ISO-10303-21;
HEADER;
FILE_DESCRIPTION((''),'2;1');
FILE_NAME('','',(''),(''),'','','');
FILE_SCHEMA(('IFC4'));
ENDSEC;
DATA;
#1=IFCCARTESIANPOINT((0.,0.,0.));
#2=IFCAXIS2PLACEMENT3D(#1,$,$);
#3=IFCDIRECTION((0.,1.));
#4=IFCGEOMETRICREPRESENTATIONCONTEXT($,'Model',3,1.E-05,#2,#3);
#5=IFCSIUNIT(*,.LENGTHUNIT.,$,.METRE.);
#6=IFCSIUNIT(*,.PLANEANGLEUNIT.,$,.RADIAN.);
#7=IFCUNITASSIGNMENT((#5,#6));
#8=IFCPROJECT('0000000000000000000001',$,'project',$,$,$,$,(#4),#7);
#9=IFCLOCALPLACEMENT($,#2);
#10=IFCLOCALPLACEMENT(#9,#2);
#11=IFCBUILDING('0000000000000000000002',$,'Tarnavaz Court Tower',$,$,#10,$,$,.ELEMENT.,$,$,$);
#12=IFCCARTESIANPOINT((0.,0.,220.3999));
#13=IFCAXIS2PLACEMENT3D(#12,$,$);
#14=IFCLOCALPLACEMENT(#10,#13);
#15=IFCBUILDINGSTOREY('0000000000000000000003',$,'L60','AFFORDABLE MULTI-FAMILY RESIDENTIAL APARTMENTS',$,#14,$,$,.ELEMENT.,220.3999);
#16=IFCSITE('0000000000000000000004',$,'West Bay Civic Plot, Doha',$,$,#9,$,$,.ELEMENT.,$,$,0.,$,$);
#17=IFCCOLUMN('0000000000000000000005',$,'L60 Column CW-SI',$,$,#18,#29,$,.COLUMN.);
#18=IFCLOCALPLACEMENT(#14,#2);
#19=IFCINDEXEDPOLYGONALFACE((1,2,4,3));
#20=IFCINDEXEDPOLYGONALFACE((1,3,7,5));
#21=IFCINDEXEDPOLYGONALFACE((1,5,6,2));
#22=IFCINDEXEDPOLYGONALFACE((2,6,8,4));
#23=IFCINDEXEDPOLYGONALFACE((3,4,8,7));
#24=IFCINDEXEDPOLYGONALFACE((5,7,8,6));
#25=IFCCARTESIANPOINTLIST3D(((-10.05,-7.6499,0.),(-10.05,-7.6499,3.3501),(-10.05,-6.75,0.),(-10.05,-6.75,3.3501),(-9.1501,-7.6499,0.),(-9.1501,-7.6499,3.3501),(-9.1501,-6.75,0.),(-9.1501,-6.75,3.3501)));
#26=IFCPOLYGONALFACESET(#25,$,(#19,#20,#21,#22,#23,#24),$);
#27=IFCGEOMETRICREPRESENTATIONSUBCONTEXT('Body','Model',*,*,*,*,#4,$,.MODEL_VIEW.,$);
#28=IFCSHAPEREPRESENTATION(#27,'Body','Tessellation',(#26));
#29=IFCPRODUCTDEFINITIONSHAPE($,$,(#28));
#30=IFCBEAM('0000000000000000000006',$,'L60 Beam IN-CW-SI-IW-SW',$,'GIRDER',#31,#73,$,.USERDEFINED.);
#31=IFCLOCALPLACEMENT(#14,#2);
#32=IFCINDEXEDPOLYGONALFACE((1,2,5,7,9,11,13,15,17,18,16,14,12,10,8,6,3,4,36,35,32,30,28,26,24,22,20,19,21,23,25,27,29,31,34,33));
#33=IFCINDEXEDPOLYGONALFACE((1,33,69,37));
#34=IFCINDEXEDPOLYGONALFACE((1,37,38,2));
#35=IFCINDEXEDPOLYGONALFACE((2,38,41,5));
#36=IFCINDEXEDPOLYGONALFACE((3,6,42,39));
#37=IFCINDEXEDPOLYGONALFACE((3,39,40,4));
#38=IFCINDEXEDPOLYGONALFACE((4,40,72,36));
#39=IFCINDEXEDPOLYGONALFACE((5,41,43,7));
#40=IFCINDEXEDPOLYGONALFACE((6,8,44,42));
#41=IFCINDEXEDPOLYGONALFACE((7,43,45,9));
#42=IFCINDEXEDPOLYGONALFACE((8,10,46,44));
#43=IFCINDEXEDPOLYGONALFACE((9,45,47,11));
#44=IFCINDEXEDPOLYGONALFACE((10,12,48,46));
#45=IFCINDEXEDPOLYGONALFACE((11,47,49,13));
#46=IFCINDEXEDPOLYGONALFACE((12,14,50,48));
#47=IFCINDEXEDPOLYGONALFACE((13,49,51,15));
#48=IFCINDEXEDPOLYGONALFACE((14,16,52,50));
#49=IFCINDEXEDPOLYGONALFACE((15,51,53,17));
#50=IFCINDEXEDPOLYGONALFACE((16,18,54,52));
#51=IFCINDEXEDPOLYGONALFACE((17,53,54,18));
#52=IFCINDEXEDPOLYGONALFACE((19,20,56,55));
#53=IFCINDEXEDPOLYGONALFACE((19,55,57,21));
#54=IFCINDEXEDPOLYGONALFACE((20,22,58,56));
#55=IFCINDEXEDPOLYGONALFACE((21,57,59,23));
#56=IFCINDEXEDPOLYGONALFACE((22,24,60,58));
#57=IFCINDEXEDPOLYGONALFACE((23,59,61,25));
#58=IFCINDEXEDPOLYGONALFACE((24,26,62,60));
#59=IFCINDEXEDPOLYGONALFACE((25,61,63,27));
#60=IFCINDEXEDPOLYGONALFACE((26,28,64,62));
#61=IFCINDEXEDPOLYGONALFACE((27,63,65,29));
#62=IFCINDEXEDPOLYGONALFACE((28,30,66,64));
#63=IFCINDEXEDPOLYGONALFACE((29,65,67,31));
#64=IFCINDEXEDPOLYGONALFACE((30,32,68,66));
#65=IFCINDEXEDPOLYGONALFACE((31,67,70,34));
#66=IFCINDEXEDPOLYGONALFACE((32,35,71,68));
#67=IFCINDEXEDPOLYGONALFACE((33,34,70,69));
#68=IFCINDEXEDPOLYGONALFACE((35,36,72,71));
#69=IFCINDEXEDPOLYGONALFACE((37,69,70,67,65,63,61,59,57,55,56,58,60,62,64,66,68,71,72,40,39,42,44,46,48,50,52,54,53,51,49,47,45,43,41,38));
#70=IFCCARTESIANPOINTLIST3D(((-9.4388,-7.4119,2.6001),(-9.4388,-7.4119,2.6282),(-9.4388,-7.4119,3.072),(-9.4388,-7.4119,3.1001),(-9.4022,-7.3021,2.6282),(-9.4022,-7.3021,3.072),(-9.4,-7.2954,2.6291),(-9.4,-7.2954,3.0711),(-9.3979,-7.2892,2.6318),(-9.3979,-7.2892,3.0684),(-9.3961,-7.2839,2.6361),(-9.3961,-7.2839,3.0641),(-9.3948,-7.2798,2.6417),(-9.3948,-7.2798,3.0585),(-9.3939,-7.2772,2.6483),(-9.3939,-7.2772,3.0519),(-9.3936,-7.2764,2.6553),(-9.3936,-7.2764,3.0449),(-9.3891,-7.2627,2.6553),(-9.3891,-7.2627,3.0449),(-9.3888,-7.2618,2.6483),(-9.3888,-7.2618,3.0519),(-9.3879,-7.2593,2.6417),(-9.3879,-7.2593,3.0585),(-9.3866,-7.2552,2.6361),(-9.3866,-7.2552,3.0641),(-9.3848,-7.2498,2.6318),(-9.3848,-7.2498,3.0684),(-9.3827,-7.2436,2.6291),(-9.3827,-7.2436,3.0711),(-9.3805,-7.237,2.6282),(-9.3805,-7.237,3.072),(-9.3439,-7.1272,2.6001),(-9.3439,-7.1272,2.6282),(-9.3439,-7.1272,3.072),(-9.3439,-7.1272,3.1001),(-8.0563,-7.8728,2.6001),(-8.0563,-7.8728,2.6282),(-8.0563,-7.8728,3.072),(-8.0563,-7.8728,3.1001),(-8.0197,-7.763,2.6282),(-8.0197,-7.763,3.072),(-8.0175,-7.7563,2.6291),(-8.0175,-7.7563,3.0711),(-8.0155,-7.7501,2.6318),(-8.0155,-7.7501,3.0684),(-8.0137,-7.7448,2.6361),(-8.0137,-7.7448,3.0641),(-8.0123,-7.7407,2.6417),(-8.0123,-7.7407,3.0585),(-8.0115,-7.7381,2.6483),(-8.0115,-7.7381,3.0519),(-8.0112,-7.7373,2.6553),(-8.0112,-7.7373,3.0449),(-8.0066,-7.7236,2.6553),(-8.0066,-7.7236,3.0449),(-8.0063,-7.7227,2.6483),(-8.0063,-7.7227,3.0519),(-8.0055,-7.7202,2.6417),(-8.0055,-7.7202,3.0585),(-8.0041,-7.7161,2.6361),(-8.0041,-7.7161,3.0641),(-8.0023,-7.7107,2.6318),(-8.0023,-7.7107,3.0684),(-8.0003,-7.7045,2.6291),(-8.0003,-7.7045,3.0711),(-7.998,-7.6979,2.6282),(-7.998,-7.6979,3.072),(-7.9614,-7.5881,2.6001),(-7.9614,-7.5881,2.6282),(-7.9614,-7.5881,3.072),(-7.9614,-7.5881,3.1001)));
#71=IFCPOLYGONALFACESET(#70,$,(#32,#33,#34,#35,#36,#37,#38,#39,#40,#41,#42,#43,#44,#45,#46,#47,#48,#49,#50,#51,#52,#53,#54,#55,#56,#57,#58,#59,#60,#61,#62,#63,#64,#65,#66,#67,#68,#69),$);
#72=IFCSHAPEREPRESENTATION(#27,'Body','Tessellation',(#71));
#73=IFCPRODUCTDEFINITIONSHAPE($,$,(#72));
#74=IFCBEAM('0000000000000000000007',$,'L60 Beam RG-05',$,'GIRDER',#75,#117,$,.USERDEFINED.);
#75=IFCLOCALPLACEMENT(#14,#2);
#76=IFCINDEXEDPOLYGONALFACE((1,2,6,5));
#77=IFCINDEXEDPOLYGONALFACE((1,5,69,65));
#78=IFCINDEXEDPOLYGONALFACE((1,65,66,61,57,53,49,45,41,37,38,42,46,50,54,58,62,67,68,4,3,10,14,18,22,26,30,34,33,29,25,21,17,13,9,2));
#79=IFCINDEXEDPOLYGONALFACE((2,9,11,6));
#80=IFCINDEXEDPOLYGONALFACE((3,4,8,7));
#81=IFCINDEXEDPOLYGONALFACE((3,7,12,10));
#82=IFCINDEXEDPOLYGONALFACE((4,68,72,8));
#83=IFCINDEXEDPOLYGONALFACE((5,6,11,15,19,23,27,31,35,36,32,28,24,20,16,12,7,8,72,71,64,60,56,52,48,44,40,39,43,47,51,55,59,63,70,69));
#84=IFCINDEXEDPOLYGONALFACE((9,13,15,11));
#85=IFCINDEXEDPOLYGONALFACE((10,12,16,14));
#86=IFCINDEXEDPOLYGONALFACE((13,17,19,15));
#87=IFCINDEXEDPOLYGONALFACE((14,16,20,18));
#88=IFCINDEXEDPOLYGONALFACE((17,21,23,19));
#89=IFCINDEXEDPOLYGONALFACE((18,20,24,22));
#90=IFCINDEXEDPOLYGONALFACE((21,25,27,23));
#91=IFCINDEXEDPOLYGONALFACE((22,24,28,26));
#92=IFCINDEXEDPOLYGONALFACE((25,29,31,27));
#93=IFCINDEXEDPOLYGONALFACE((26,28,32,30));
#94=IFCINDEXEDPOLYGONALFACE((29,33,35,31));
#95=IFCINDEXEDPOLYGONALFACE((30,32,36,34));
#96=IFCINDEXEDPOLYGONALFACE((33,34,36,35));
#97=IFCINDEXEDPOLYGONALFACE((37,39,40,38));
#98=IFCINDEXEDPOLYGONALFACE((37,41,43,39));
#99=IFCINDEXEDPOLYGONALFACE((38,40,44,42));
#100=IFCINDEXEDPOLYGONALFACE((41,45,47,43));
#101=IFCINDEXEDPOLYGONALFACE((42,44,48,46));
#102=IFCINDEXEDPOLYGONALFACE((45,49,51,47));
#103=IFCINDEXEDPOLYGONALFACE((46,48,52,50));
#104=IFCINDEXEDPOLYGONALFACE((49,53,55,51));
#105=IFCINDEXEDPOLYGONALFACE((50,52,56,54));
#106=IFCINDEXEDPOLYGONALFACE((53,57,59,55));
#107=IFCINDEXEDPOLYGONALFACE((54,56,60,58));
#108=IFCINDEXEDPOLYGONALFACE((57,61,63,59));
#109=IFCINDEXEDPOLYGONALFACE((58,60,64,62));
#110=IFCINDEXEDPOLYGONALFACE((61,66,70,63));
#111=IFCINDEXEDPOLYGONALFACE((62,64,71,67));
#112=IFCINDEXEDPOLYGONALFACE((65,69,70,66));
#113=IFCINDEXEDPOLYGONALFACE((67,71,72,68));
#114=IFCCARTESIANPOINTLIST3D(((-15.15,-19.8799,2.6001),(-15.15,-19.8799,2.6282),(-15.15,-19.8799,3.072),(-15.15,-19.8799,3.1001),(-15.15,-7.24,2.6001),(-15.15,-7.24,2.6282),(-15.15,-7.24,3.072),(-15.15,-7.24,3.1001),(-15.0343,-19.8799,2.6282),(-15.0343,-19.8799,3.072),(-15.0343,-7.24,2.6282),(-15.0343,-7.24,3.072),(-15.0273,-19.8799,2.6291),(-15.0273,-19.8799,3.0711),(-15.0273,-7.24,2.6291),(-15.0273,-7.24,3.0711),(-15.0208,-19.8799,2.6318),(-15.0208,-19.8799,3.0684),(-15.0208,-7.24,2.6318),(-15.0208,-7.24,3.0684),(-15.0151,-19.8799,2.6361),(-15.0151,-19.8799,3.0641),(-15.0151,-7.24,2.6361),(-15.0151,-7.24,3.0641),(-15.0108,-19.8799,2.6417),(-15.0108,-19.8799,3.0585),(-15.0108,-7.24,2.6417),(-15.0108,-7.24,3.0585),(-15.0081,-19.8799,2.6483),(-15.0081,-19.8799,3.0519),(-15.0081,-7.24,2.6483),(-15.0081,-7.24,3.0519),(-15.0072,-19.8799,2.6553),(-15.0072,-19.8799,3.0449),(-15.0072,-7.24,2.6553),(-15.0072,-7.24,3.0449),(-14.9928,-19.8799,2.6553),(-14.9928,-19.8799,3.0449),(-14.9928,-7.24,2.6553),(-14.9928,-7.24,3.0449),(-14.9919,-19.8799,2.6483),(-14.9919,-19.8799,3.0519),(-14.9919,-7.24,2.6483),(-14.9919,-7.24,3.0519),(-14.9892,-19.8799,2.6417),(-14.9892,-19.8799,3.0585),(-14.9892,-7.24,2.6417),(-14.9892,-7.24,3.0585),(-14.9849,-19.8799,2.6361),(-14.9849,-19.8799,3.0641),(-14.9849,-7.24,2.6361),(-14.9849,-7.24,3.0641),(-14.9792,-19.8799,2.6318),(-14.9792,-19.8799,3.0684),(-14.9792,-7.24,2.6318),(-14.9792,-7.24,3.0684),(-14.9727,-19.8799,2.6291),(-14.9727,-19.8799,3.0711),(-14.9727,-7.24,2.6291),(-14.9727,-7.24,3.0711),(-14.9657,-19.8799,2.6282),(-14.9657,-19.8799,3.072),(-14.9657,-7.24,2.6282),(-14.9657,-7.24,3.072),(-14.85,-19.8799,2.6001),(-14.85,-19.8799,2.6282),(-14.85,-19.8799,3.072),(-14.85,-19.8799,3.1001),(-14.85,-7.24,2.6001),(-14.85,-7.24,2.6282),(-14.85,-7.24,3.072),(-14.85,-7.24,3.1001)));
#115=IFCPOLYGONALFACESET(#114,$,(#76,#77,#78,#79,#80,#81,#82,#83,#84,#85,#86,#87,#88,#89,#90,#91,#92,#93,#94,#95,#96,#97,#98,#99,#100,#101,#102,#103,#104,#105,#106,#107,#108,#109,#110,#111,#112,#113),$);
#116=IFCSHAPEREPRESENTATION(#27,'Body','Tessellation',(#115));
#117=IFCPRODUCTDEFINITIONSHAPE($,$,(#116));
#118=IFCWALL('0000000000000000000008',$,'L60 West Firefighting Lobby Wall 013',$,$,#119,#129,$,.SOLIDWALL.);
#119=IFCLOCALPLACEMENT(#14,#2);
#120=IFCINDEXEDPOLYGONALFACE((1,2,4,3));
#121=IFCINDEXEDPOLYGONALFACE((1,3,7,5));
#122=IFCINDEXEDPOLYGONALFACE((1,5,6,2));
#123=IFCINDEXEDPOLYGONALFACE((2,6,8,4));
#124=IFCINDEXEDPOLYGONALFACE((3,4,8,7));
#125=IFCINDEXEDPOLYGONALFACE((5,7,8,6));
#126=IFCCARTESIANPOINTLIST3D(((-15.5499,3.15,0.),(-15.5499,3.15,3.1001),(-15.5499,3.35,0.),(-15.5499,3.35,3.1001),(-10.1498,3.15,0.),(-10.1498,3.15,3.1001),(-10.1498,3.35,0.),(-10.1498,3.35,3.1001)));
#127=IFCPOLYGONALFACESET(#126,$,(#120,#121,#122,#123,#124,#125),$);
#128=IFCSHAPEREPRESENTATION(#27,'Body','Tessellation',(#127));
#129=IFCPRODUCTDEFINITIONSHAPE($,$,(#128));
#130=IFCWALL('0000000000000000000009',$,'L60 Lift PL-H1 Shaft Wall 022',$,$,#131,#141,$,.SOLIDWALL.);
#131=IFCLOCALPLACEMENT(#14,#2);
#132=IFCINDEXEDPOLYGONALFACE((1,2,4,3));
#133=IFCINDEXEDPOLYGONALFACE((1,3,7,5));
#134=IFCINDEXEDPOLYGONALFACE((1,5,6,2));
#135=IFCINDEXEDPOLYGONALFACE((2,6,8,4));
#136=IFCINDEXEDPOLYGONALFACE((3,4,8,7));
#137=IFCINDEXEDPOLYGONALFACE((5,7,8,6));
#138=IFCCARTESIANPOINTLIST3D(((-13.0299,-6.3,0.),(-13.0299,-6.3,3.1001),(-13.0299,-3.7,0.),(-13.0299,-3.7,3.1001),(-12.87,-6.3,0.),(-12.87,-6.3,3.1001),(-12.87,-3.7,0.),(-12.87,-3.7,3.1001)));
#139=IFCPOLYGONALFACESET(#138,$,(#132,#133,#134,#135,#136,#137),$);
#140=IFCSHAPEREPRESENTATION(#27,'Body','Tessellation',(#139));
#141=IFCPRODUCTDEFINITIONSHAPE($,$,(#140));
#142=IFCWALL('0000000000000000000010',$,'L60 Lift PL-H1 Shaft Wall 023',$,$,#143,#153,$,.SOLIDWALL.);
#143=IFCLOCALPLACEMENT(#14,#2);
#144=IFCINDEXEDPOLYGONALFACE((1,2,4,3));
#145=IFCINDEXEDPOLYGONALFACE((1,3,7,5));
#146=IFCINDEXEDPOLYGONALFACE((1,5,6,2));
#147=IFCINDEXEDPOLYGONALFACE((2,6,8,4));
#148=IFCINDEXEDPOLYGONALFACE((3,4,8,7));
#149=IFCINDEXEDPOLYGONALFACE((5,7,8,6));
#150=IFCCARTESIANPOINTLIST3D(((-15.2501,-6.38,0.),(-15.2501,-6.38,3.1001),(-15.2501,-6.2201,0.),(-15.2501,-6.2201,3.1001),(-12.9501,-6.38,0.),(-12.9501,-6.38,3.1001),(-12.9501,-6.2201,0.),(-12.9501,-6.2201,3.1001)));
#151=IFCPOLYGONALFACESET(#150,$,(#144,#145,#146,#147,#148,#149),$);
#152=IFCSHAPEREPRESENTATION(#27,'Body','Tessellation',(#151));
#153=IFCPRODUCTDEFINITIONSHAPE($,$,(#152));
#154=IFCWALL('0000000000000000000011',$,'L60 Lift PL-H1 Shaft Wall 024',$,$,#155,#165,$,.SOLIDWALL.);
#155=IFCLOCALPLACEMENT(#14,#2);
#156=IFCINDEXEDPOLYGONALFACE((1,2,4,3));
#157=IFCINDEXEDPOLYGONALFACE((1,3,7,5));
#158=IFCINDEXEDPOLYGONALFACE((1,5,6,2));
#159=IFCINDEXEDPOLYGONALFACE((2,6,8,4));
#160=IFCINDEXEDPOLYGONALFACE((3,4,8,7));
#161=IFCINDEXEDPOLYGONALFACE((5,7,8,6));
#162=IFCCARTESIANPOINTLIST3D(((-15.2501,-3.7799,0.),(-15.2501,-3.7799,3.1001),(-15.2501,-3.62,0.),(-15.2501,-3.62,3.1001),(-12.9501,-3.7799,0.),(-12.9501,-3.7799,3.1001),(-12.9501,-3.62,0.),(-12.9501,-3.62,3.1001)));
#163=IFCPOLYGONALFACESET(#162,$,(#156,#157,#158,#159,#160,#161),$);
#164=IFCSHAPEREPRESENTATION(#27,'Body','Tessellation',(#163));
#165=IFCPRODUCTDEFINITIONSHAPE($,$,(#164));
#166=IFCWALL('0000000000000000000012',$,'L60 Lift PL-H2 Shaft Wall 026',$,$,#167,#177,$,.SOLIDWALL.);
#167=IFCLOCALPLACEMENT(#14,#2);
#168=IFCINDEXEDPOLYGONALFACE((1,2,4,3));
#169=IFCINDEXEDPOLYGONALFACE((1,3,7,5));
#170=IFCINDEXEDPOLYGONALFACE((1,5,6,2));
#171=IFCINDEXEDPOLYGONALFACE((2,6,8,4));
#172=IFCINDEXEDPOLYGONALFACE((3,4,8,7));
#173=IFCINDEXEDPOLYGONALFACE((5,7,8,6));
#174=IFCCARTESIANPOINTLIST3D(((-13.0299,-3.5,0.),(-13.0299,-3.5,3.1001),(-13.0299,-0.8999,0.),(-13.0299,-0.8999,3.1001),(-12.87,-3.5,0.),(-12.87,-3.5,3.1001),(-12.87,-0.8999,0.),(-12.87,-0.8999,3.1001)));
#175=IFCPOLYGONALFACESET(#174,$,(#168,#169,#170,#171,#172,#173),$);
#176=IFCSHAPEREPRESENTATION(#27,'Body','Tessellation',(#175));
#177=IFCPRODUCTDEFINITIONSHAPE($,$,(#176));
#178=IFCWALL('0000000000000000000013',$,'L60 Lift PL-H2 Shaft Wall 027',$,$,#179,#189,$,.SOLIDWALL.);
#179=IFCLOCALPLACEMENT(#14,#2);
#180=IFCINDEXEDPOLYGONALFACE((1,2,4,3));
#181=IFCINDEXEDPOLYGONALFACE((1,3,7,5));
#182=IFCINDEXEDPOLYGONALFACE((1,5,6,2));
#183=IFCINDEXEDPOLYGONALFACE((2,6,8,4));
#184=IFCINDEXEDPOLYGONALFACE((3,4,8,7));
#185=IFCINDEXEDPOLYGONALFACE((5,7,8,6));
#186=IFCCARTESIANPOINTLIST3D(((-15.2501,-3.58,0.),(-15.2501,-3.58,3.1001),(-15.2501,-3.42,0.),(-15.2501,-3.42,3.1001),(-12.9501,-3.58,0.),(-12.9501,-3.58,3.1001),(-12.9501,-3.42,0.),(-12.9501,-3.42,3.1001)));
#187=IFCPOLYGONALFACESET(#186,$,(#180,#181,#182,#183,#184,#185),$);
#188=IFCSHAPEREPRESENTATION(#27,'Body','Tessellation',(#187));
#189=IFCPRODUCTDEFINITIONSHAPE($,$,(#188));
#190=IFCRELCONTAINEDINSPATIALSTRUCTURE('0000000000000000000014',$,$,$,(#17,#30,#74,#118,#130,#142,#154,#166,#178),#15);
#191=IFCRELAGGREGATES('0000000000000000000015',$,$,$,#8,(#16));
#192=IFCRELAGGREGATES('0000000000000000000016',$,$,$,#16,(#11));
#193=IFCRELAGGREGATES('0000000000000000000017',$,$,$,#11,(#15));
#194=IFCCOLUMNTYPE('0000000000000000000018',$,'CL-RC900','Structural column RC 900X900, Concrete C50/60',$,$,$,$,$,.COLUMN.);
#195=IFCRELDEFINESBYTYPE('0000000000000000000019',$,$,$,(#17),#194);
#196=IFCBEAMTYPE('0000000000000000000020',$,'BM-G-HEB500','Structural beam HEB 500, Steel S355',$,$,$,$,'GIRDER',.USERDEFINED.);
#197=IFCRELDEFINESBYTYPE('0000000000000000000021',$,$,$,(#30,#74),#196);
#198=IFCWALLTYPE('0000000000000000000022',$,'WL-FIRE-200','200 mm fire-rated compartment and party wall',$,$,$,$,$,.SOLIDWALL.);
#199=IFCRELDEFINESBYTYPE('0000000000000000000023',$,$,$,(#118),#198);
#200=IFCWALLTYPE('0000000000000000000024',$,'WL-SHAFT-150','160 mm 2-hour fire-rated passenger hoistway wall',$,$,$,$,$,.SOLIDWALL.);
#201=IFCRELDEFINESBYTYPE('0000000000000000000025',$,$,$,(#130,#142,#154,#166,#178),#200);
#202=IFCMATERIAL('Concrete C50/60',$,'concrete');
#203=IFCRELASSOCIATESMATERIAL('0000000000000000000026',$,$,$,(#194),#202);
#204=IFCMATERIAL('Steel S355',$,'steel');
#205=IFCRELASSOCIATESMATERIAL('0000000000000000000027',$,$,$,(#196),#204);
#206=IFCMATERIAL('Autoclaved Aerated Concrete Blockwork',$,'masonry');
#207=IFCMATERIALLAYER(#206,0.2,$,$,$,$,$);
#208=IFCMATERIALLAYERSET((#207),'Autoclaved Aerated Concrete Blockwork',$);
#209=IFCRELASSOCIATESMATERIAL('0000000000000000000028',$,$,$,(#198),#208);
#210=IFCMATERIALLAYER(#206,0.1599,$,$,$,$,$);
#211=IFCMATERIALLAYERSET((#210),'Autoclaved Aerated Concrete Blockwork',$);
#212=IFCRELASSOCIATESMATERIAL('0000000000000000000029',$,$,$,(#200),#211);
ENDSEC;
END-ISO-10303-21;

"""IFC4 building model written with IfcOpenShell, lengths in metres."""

from ifc_helpers import new_model, si_unit, direction, frame, frame_2d, origin, origin_2d, place, context, subcontext, project, spatial, rectangle, i_section, extrude, material, layer, layer_set, material_profile, profile_set, type_object, element, save


model = new_model("IFC4")

# Units and contexts
model_context = context("Model", 3, precision=1e-05, world=origin(), true_north=direction((0.0, 1.0)))
body_context = subcontext(model_context, "Body", "Model", "MODEL_VIEW")
ifc_project = project(units=[si_unit("LENGTHUNIT", "METRE"), si_unit("PLANEANGLEUNIT", "RADIAN")], contexts=[model_context])

# Site, building, storey
site_placement = place(None, origin())
site = spatial("IfcSite", under=ifc_project, at=site_placement, Name="West Bay Civic Plot, Doha", CompositionType="ELEMENT", RefElevation=0.0)
building_placement = place(site_placement, origin())
building = spatial("IfcBuilding", under=site, at=building_placement, Name="Tarnavaz Court Tower", CompositionType="ELEMENT")
storey_placement = place(building_placement, frame((0.0, 0.0, 220.3999)))
storey = spatial("IfcBuildingStorey", under=building, at=storey_placement, Name="L60", Description="AFFORDABLE MULTI-FAMILY RESIDENTIAL APARTMENTS", CompositionType="ELEMENT", Elevation=220.3999)

# Column
ifc_material_1 = material(Name="Concrete C50/60", Category="concrete")
ifc_material_profile_1 = material_profile(ifc_material_1, rectangle(XDim=0.8999, YDim=0.8999, at=origin_2d()), Name="RC 900X900")
ifc_profile_set_1 = profile_set([ifc_material_profile_1], Name="Concrete C50/60")
column_type = type_object("IfcColumnType", Name="CL-RC900", Description="Structural column RC 900X900, Concrete C50/60", PredefinedType="COLUMN", material=ifc_profile_set_1)
column_placement = place(storey_placement, frame((-9.6001, -7.2, 0.0), z_axis=(0.0, 0.0, 1.0), x_axis=(1.0, 0.0, 0.0)))
element("IfcColumn", 1, at=column_placement, inside=storey, type_object=column_type, Name="L60 Column CW-SI", PredefinedType="COLUMN", context=body_context, shape_type="SweptSolid", body=[
    extrude(rectangle(XDim=0.8999, YDim=0.8999, at=origin_2d()), origin(), (0.0, 0.0, 1.0), 3.3501),
])

# Beams
ifc_material_2 = material(Name="Steel S355", Category="steel")
ifc_material_profile_2 = material_profile(ifc_material_2, i_section(OverallWidth=0.3, OverallDepth=0.5, WebThickness=0.0144, FlangeThickness=0.0281, FilletRadius=0.0271, at=origin_2d()), Name="HEB 500")
ifc_profile_set_2 = profile_set([ifc_material_profile_2], Name="Steel S355")
beam_type = type_object("IfcBeamType", Name="BM-G-HEB500", Description="Structural beam HEB 500, Steel S355", ElementType="GIRDER", PredefinedType="USERDEFINED", material=ifc_profile_set_2)
beam_1_placement = place(storey_placement, frame((-9.3914, -7.2695, 2.8501), z_axis=(0.948667, -0.316278, 0.0), x_axis=(0.316278, 0.948667, 0.0)))
element("IfcBeam", 2, at=beam_1_placement, inside=storey, type_object=beam_type, Name="L60 Beam IN-CW-SI-IW-SW", ObjectType="GIRDER", PredefinedType="USERDEFINED", context=body_context, shape_type="SweptSolid", body=[
    extrude(i_section(OverallWidth=0.3, OverallDepth=0.5, WebThickness=0.0144, FlangeThickness=0.0281, FilletRadius=0.0271, at=origin_2d()), origin(), (0.0, 0.0, 1.0), 1.4573),
])
beam_2_placement = place(storey_placement, frame((-15.0, -7.24, 2.8501), z_axis=(0.0, -1.0, 0.0), x_axis=(1.0, 0.0, 0.0)))
element("IfcBeam", 3, at=beam_2_placement, inside=storey, type_object=beam_type, Name="L60 Beam RG-05", ObjectType="GIRDER", PredefinedType="USERDEFINED", context=body_context, shape_type="SweptSolid", body=[
    extrude(i_section(OverallWidth=0.3, OverallDepth=0.5, WebThickness=0.0144, FlangeThickness=0.0281, FilletRadius=0.0271, at=origin_2d()), origin(), (0.0, 0.0, 1.0), 12.6399),
])

# Wall
ifc_material_3 = material(Name="Autoclaved Aerated Concrete Blockwork", Category="masonry")
ifc_layer_1 = layer(ifc_material_3, 0.2)
ifc_layer_set_1 = layer_set([ifc_layer_1], Name="Autoclaved Aerated Concrete Blockwork")
wall_type_1 = type_object("IfcWallType", Name="WL-FIRE-200", Description="200 mm fire-rated compartment and party wall", PredefinedType="SOLIDWALL", material=ifc_layer_set_1)
wall_1_placement = place(storey_placement, frame((-15.55, 3.25, 0.0), z_axis=(0.0, 0.0, 1.0), x_axis=(1.0, 0.0, 0.0)))
element("IfcWall", 4, at=wall_1_placement, inside=storey, type_object=wall_type_1, Name="L60 West Firefighting Lobby Wall 013", PredefinedType="SOLIDWALL", context=body_context, shape_type="SweptSolid", body=[
    extrude(rectangle(XDim=5.4001, YDim=0.2, at=frame_2d((2.7002, 0.0))), origin(), (0.0, 0.0, 1.0), 3.1001),
])

# Shared definitions
ifc_layer_2 = layer(ifc_material_3, 0.1599)
ifc_layer_set_2 = layer_set([ifc_layer_2], Name="Autoclaved Aerated Concrete Blockwork")
wall_type_2 = type_object("IfcWallType", Name="WL-SHAFT-150", Description="160 mm 2-hour fire-rated passenger hoistway wall", PredefinedType="SOLIDWALL", material=ifc_layer_set_2)

# Walls
wall_2_placement = place(storey_placement, frame((-12.95, -6.3, 0.0), z_axis=(0.0, 0.0, 1.0), x_axis=(0.0, 1.0, 0.0)))
element("IfcWall", 5, at=wall_2_placement, inside=storey, type_object=wall_type_2, Name="L60 Lift PL-H1 Shaft Wall 022", PredefinedType="SOLIDWALL", context=body_context, shape_type="SweptSolid", body=[
    extrude(rectangle(XDim=2.6001, YDim=0.1599, at=frame_2d((1.3, 0.0))), origin(), (0.0, 0.0, 1.0), 3.1001),
])
for number, where, z_axis, x_axis, name in (
    (6, (-15.25, -6.3, 0.0), (0.0, 0.0, 1.0), (1.0, 0.0, 0.0), "L60 Lift PL-H1 Shaft Wall 023"),
    (7, (-15.25, -3.7, 0.0), (0.0, 0.0, 1.0), (1.0, 0.0, 0.0), "L60 Lift PL-H1 Shaft Wall 024"),
):
    element("IfcWall", number, at=place(storey_placement, frame(where, z_axis=z_axis, x_axis=x_axis)), inside=storey, type_object=wall_type_2, Name=name, PredefinedType="SOLIDWALL", context=body_context, shape_type="SweptSolid", body=[
        extrude(rectangle(XDim=2.3, YDim=0.1599, at=frame_2d((1.1499, 0.0))), origin(), (0.0, 0.0, 1.0), 3.1001),
    ])

# Walls
wall_3_placement = place(storey_placement, frame((-12.95, -3.5, 0.0), z_axis=(0.0, 0.0, 1.0), x_axis=(0.0, 1.0, 0.0)))
element("IfcWall", 8, at=wall_3_placement, inside=storey, type_object=wall_type_2, Name="L60 Lift PL-H2 Shaft Wall 026", PredefinedType="SOLIDWALL", context=body_context, shape_type="SweptSolid", body=[
    extrude(rectangle(XDim=2.6001, YDim=0.1599, at=frame_2d((1.3, 0.0))), origin(), (0.0, 0.0, 1.0), 3.1001),
])
for number, where, z_axis, x_axis, name in (
    (9, (-15.25, -3.5, 0.0), (0.0, 0.0, 1.0), (1.0, 0.0, 0.0), "L60 Lift PL-H2 Shaft Wall 027"),
):
    element("IfcWall", number, at=place(storey_placement, frame(where, z_axis=z_axis, x_axis=x_axis)), inside=storey, type_object=wall_type_2, Name=name, PredefinedType="SOLIDWALL", context=body_context, shape_type="SweptSolid", body=[
        extrude(rectangle(XDim=2.3, YDim=0.1599, at=frame_2d((1.1499, 0.0))), origin(), (0.0, 0.0, 1.0), 3.1001),
    ])

save(model, "model.ifc")
